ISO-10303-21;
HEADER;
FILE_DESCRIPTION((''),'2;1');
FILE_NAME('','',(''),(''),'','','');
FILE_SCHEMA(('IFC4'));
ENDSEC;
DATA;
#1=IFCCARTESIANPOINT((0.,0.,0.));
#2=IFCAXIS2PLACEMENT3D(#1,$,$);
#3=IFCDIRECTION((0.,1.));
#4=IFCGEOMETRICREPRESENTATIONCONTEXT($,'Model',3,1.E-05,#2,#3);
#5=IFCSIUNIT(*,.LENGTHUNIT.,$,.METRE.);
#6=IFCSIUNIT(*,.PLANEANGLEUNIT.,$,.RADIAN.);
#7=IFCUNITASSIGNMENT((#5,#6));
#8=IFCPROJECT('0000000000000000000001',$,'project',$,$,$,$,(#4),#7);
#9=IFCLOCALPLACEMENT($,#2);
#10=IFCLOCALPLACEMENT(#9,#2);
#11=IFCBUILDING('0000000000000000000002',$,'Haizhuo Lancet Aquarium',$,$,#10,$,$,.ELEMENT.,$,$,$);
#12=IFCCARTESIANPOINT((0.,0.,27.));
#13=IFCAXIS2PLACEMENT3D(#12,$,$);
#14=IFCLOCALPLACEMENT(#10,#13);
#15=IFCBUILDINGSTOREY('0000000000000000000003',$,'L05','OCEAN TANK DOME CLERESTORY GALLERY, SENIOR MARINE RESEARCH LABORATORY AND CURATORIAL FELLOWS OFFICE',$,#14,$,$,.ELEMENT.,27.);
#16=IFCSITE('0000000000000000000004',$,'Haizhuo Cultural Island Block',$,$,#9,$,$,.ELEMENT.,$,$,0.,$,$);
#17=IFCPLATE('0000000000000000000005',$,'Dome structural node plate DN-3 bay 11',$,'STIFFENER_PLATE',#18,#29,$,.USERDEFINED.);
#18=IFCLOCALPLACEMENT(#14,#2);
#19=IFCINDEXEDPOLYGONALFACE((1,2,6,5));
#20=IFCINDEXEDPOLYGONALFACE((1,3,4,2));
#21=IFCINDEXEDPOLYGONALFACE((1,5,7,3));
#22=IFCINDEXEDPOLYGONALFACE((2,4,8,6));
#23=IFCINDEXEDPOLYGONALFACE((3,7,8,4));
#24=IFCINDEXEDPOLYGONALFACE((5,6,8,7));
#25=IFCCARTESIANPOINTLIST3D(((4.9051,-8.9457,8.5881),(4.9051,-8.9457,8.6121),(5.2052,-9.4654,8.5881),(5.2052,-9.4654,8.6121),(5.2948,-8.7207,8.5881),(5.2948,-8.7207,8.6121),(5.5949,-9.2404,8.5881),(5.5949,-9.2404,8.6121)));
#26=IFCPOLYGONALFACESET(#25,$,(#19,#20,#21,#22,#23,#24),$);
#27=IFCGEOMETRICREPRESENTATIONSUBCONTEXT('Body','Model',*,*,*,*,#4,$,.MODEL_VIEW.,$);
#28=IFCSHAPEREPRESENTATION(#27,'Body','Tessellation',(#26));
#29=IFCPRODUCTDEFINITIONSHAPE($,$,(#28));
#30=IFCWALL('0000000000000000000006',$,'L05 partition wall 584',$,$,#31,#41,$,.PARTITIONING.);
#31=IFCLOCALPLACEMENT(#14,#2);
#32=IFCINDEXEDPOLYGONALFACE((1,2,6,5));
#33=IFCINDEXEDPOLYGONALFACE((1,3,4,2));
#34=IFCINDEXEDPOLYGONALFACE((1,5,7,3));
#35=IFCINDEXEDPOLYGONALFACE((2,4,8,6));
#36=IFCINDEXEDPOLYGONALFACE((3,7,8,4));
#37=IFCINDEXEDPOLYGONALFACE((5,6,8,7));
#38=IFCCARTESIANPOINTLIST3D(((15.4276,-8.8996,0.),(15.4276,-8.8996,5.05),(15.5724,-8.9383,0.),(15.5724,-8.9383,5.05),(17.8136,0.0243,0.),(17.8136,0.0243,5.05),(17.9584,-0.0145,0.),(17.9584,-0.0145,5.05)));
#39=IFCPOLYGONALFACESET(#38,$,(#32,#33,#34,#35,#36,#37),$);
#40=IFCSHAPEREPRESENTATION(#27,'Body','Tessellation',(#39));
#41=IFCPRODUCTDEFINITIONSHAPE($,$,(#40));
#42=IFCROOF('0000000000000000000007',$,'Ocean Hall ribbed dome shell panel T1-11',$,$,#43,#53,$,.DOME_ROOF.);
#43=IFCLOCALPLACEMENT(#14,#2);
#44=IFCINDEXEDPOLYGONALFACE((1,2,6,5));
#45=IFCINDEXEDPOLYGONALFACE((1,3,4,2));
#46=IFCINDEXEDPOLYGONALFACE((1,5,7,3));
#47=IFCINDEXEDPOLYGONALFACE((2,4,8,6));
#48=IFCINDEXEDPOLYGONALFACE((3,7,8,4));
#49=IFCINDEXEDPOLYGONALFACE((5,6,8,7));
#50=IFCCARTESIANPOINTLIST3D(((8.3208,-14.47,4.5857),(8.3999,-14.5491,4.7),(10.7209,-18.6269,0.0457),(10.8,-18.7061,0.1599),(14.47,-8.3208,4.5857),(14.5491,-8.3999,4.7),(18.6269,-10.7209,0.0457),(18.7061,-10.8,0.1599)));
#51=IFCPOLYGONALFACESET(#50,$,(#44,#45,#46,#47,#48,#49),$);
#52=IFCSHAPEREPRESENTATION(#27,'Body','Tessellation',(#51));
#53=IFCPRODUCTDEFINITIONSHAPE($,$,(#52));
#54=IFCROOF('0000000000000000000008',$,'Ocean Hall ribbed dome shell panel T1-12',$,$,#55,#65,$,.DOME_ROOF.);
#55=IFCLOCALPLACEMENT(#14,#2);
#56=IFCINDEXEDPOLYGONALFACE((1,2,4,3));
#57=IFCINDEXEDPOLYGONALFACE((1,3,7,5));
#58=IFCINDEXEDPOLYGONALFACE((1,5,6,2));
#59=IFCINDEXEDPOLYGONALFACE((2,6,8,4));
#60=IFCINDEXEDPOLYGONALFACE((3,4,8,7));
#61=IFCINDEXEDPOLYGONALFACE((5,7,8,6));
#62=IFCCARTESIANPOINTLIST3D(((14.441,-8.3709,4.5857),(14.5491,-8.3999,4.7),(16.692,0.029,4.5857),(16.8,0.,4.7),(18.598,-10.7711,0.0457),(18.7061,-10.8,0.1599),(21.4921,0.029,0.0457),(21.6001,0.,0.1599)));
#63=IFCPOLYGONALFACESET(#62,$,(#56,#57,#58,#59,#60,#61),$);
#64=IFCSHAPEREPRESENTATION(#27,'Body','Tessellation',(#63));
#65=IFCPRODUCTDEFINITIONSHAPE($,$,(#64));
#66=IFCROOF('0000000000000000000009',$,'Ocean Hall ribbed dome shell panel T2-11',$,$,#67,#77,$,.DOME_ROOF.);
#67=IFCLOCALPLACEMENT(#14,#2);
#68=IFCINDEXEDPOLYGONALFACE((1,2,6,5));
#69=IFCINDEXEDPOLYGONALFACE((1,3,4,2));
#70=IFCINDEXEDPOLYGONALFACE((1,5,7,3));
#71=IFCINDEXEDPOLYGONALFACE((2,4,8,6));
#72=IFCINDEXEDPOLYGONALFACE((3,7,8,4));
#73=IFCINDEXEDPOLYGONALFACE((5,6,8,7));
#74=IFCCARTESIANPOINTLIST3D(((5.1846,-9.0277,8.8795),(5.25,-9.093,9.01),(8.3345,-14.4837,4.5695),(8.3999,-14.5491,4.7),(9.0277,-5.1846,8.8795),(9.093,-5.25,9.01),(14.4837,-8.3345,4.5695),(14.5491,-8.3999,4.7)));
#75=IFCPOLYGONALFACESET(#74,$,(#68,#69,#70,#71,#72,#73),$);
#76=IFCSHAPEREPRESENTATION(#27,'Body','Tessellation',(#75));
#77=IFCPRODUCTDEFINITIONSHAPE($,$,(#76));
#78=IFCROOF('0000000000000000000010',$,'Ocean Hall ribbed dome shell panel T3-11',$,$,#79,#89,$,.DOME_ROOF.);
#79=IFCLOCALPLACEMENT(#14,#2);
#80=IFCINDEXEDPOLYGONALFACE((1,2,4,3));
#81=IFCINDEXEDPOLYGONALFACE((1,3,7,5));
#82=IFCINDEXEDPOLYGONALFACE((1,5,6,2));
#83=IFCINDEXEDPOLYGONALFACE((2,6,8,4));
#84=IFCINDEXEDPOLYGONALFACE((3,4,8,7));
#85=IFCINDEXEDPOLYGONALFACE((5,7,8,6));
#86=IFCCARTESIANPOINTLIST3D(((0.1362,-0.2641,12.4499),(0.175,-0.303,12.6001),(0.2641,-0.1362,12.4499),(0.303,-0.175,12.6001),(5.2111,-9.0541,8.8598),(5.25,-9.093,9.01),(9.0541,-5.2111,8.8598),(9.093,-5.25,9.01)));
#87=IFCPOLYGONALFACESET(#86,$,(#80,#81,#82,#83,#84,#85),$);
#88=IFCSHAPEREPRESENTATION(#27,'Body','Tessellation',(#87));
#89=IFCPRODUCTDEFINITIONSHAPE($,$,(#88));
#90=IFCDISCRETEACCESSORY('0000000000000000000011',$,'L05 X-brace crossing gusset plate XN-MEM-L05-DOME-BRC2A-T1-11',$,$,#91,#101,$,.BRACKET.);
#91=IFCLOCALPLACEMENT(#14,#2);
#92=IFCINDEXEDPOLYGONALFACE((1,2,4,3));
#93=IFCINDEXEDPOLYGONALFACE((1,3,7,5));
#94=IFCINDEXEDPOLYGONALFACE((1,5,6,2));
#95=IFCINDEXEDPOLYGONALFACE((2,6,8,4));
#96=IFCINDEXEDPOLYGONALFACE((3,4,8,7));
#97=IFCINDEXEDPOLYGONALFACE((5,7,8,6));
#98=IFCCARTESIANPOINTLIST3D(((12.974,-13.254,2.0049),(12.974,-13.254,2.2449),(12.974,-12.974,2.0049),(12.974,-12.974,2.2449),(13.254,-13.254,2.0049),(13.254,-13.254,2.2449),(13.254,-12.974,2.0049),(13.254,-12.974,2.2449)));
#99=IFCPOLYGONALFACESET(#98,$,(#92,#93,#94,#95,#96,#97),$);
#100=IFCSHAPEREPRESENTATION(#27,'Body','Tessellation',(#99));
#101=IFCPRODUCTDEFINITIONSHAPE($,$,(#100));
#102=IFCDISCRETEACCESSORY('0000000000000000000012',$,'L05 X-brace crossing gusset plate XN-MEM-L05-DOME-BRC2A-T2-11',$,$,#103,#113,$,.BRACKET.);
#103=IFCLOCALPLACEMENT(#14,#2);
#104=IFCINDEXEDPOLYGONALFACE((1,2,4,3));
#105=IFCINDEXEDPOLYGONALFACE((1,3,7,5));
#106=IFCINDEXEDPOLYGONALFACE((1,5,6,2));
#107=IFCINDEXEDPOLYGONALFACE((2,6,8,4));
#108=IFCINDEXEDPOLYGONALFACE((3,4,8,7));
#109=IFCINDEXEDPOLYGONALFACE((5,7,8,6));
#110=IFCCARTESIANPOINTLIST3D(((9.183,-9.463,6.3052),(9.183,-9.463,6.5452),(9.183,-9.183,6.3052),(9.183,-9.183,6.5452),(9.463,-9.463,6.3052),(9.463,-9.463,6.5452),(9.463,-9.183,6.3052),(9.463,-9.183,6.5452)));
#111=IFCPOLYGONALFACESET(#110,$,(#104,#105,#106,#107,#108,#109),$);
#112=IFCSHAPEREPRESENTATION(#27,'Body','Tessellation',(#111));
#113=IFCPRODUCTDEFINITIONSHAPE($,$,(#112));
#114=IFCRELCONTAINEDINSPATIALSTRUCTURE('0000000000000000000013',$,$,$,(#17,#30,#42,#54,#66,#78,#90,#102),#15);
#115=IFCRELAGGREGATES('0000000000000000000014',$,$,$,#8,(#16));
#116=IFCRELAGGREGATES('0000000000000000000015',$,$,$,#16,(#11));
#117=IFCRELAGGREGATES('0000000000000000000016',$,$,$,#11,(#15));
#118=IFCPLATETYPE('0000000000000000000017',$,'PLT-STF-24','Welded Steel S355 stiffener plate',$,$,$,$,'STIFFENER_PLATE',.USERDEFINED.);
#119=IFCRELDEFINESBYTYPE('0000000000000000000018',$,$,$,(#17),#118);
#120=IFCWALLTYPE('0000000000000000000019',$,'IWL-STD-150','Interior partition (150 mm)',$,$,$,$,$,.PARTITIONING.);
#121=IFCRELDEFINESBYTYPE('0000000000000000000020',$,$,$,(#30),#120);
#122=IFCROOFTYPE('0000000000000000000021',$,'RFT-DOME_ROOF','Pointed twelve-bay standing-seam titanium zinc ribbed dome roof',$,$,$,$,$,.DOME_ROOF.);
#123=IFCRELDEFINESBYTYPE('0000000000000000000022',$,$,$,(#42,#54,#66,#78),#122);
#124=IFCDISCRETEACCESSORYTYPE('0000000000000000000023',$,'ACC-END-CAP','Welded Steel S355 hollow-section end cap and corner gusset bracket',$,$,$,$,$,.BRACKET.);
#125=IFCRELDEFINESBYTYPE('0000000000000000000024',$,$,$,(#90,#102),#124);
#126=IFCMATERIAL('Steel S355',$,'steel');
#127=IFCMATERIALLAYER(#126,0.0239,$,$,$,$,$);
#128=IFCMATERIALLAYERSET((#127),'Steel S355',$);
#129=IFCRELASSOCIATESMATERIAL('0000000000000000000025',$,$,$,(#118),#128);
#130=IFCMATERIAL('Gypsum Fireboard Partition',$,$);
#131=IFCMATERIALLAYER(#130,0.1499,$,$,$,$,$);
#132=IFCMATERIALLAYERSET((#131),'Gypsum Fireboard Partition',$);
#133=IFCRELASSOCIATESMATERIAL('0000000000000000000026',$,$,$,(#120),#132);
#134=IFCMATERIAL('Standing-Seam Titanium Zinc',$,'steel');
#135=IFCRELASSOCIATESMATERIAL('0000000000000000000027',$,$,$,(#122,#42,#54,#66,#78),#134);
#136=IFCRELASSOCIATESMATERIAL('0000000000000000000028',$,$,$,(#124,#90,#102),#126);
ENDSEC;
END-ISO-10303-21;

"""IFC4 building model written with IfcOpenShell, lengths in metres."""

from ifc_helpers import new_model, si_unit, direction, frame, frame_2d, origin, origin_2d, place, context, subcontext, project, spatial, polyline, rectangle, outline, extrude, material, layer, layer_set, type_object, element, save


model = new_model("IFC4")

# Units and contexts
model_context = context("Model", 3, precision=1e-05, world=origin(), true_north=direction((0.0, 1.0)))
body_context = subcontext(model_context, "Body", "Model", "MODEL_VIEW")
ifc_project = project(units=[si_unit("LENGTHUNIT", "METRE"), si_unit("PLANEANGLEUNIT", "RADIAN")], contexts=[model_context])

# Site, building, storey
site_placement = place(None, origin())
site = spatial("IfcSite", under=ifc_project, at=site_placement, Name="Haizhuo Cultural Island Block", CompositionType="ELEMENT", RefElevation=0.0)
building_placement = place(site_placement, origin())
building = spatial("IfcBuilding", under=site, at=building_placement, Name="Haizhuo Lancet Aquarium", CompositionType="ELEMENT")
storey_placement = place(building_placement, frame((0.0, 0.0, 27.0)))
storey = spatial("IfcBuildingStorey", under=building, at=storey_placement, Name="L05", Description="OCEAN TANK DOME CLERESTORY GALLERY, SENIOR MARINE RESEARCH LABORATORY AND CURATORIAL FELLOWS OFFICE", CompositionType="ELEMENT", Elevation=27.0)

# Shared definitions
ifc_material_1 = material(Name="Steel S355", Category="steel")

# Plate
ifc_layer_1 = layer(ifc_material_1, 0.0239)
ifc_layer_set_1 = layer_set([ifc_layer_1], Name="Steel S355")
plate_type_1 = type_object("IfcPlateType", Name="PLT-STF-24", Description="Welded Steel S355 stiffener plate", ElementType="STIFFENER_PLATE", PredefinedType="USERDEFINED", material=ifc_layer_set_1)
plate_1_placement = place(storey_placement, frame((5.25, -9.093, 8.5881), z_axis=(0.0, 0.0, 1.0), x_axis=(0.5, -0.866025, 0.0)))
element("IfcPlate", 1, at=plate_1_placement, inside=storey, type_object=plate_type_1, Name="Dome structural node plate DN-3 bay 11", ObjectType="STIFFENER_PLATE", PredefinedType="USERDEFINED", context=body_context, shape_type="SweptSolid", body=[
    extrude(rectangle(XDim=0.6001, YDim=0.45, at=origin_2d()), origin(), (0.0, 0.0, 1.0), 0.0239),
])

# Wall
ifc_material_2 = material(Name="Gypsum Fireboard Partition")
ifc_layer_2 = layer(ifc_material_2, 0.1499)
ifc_layer_set_2 = layer_set([ifc_layer_2], Name="Gypsum Fireboard Partition")
wall_type = type_object("IfcWallType", Name="IWL-STD-150", Description="Interior partition (150 mm)", PredefinedType="PARTITIONING", material=ifc_layer_set_2)
wall_placement = place(storey_placement, frame((15.5, -8.9189, 0.0), z_axis=(0.0, 0.0, 1.0), x_axis=(0.258299, 0.966065, 0.0)))
element("IfcWall", 2, at=wall_placement, inside=storey, type_object=wall_type, Name="L05 partition wall 584", PredefinedType="PARTITIONING", context=body_context, shape_type="SweptSolid", body=[
    extrude(rectangle(XDim=9.2373, YDim=0.1499, at=frame_2d((4.6187, 0.0))), origin(), (0.0, 0.0, 1.0), 5.05),
])

# Roofs
ifc_material_3 = material(Name="Standing-Seam Titanium Zinc", Category="steel")
roof_type = type_object("IfcRoofType", Name="RFT-DOME_ROOF", Description="Pointed twelve-bay standing-seam titanium zinc ribbed dome roof", PredefinedType="DOME_ROOF", material=ifc_material_3)
roof_1_placement = place(storey_placement, frame((10.8, -18.7061, 0.1599), z_axis=(0.494712, -0.494712, 0.714507), x_axis=(0.707107, 0.707107, 0.0)))
element("IfcRoof", 3, at=roof_1_placement, inside=storey, type_object=roof_type, material=ifc_material_3, Name="Ocean Hall ribbed dome shell panel T1-11", PredefinedType="DOME_ROOF", context=body_context, shape_type="SweptSolid", body=[
    extrude(outline(polyline([(0.0, 0.0), (11.1808, 0.0), (9.9385, 6.4892), (1.2423, 6.4892), (0.0, 0.0)])), origin(), (0.0, 0.0, -1.0), 0.1599),
])
roof_2_placement = place(storey_placement, frame((18.7061, -10.8, 0.1599), z_axis=(0.675791, -0.181092, 0.714501), x_axis=(0.258836, 0.965921, 0.000002)))
element("IfcRoof", 4, at=roof_2_placement, inside=storey, type_object=roof_type, material=ifc_material_3, Name="Ocean Hall ribbed dome shell panel T1-12", PredefinedType="DOME_ROOF", context=body_context, shape_type="SweptSolid", body=[
    extrude(outline(polyline([(0.0, 0.0), (11.1811, 0.0), (9.9387, 6.4891), (1.2424, 6.4892), (0.0, 0.0)])), origin(), (0.0, 0.0, -1.0), 0.1599),
])
roof_3_placement = place(storey_placement, frame((8.3999, -14.5491, 4.7), z_axis=(0.408696, -0.408696, 0.816049), x_axis=(0.707107, 0.707107, 0.0)))
element("IfcRoof", 5, at=roof_3_placement, inside=storey, type_object=roof_type, material=ifc_material_3, Name="Ocean Hall ribbed dome shell panel T2-11", PredefinedType="DOME_ROOF", context=body_context, shape_type="SweptSolid", body=[
    extrude(outline(polyline([(0.0, 0.0), (8.6962, 0.0), (7.0655, 7.4571), (1.6307, 7.4571), (0.0, 0.0)])), origin(), (0.0, 0.0, -1.0), 0.1599),
])
roof_4_placement = place(storey_placement, frame((5.25, -9.093, 9.01), z_axis=(0.243143, -0.243143, 0.939022), x_axis=(0.707107, 0.707107, 0.0)))
element("IfcRoof", 6, at=roof_4_placement, inside=storey, type_object=roof_type, material=ifc_material_3, Name="Ocean Hall ribbed dome shell panel T3-11", PredefinedType="DOME_ROOF", context=body_context, shape_type="SweptSolid", body=[
    extrude(outline(polyline([(0.0, 0.0), (5.4348, 0.0), (2.8079, 10.4407), (2.627, 10.4407), (0.0, 0.0)])), origin(), (0.0, 0.0, -1.0), 0.1599),
])

# Discrete accessories
discrete_accessory_type = type_object("IfcDiscreteAccessoryType", Name="ACC-END-CAP", Description="Welded Steel S355 hollow-section end cap and corner gusset bracket", PredefinedType="BRACKET", material=ifc_material_1)
for number, where, z_axis, x_axis, name in (
    (7, (13.114, -13.114, 2.0049), (0.0, 0.0, 1.0), (1.0, 0.0, 0.0), "L05 X-brace crossing gusset plate XN-MEM-L05-DOME-BRC2A-T1-11"),
    (8, (9.323, -9.323, 6.3052), (0.0, 0.0, 1.0), (1.0, 0.0, 0.0), "L05 X-brace crossing gusset plate XN-MEM-L05-DOME-BRC2A-T2-11"),
):
    element("IfcDiscreteAccessory", number, at=place(storey_placement, frame(where, z_axis=z_axis, x_axis=x_axis)), inside=storey, type_object=discrete_accessory_type, material=ifc_material_1, Name=name, PredefinedType="BRACKET", context=body_context, shape_type="SweptSolid", body=[
        extrude(rectangle(XDim=0.28, YDim=0.28, at=origin_2d()), origin(), (0.0, 0.0, 1.0), 0.24),
    ])

save(model, "model.ifc")
